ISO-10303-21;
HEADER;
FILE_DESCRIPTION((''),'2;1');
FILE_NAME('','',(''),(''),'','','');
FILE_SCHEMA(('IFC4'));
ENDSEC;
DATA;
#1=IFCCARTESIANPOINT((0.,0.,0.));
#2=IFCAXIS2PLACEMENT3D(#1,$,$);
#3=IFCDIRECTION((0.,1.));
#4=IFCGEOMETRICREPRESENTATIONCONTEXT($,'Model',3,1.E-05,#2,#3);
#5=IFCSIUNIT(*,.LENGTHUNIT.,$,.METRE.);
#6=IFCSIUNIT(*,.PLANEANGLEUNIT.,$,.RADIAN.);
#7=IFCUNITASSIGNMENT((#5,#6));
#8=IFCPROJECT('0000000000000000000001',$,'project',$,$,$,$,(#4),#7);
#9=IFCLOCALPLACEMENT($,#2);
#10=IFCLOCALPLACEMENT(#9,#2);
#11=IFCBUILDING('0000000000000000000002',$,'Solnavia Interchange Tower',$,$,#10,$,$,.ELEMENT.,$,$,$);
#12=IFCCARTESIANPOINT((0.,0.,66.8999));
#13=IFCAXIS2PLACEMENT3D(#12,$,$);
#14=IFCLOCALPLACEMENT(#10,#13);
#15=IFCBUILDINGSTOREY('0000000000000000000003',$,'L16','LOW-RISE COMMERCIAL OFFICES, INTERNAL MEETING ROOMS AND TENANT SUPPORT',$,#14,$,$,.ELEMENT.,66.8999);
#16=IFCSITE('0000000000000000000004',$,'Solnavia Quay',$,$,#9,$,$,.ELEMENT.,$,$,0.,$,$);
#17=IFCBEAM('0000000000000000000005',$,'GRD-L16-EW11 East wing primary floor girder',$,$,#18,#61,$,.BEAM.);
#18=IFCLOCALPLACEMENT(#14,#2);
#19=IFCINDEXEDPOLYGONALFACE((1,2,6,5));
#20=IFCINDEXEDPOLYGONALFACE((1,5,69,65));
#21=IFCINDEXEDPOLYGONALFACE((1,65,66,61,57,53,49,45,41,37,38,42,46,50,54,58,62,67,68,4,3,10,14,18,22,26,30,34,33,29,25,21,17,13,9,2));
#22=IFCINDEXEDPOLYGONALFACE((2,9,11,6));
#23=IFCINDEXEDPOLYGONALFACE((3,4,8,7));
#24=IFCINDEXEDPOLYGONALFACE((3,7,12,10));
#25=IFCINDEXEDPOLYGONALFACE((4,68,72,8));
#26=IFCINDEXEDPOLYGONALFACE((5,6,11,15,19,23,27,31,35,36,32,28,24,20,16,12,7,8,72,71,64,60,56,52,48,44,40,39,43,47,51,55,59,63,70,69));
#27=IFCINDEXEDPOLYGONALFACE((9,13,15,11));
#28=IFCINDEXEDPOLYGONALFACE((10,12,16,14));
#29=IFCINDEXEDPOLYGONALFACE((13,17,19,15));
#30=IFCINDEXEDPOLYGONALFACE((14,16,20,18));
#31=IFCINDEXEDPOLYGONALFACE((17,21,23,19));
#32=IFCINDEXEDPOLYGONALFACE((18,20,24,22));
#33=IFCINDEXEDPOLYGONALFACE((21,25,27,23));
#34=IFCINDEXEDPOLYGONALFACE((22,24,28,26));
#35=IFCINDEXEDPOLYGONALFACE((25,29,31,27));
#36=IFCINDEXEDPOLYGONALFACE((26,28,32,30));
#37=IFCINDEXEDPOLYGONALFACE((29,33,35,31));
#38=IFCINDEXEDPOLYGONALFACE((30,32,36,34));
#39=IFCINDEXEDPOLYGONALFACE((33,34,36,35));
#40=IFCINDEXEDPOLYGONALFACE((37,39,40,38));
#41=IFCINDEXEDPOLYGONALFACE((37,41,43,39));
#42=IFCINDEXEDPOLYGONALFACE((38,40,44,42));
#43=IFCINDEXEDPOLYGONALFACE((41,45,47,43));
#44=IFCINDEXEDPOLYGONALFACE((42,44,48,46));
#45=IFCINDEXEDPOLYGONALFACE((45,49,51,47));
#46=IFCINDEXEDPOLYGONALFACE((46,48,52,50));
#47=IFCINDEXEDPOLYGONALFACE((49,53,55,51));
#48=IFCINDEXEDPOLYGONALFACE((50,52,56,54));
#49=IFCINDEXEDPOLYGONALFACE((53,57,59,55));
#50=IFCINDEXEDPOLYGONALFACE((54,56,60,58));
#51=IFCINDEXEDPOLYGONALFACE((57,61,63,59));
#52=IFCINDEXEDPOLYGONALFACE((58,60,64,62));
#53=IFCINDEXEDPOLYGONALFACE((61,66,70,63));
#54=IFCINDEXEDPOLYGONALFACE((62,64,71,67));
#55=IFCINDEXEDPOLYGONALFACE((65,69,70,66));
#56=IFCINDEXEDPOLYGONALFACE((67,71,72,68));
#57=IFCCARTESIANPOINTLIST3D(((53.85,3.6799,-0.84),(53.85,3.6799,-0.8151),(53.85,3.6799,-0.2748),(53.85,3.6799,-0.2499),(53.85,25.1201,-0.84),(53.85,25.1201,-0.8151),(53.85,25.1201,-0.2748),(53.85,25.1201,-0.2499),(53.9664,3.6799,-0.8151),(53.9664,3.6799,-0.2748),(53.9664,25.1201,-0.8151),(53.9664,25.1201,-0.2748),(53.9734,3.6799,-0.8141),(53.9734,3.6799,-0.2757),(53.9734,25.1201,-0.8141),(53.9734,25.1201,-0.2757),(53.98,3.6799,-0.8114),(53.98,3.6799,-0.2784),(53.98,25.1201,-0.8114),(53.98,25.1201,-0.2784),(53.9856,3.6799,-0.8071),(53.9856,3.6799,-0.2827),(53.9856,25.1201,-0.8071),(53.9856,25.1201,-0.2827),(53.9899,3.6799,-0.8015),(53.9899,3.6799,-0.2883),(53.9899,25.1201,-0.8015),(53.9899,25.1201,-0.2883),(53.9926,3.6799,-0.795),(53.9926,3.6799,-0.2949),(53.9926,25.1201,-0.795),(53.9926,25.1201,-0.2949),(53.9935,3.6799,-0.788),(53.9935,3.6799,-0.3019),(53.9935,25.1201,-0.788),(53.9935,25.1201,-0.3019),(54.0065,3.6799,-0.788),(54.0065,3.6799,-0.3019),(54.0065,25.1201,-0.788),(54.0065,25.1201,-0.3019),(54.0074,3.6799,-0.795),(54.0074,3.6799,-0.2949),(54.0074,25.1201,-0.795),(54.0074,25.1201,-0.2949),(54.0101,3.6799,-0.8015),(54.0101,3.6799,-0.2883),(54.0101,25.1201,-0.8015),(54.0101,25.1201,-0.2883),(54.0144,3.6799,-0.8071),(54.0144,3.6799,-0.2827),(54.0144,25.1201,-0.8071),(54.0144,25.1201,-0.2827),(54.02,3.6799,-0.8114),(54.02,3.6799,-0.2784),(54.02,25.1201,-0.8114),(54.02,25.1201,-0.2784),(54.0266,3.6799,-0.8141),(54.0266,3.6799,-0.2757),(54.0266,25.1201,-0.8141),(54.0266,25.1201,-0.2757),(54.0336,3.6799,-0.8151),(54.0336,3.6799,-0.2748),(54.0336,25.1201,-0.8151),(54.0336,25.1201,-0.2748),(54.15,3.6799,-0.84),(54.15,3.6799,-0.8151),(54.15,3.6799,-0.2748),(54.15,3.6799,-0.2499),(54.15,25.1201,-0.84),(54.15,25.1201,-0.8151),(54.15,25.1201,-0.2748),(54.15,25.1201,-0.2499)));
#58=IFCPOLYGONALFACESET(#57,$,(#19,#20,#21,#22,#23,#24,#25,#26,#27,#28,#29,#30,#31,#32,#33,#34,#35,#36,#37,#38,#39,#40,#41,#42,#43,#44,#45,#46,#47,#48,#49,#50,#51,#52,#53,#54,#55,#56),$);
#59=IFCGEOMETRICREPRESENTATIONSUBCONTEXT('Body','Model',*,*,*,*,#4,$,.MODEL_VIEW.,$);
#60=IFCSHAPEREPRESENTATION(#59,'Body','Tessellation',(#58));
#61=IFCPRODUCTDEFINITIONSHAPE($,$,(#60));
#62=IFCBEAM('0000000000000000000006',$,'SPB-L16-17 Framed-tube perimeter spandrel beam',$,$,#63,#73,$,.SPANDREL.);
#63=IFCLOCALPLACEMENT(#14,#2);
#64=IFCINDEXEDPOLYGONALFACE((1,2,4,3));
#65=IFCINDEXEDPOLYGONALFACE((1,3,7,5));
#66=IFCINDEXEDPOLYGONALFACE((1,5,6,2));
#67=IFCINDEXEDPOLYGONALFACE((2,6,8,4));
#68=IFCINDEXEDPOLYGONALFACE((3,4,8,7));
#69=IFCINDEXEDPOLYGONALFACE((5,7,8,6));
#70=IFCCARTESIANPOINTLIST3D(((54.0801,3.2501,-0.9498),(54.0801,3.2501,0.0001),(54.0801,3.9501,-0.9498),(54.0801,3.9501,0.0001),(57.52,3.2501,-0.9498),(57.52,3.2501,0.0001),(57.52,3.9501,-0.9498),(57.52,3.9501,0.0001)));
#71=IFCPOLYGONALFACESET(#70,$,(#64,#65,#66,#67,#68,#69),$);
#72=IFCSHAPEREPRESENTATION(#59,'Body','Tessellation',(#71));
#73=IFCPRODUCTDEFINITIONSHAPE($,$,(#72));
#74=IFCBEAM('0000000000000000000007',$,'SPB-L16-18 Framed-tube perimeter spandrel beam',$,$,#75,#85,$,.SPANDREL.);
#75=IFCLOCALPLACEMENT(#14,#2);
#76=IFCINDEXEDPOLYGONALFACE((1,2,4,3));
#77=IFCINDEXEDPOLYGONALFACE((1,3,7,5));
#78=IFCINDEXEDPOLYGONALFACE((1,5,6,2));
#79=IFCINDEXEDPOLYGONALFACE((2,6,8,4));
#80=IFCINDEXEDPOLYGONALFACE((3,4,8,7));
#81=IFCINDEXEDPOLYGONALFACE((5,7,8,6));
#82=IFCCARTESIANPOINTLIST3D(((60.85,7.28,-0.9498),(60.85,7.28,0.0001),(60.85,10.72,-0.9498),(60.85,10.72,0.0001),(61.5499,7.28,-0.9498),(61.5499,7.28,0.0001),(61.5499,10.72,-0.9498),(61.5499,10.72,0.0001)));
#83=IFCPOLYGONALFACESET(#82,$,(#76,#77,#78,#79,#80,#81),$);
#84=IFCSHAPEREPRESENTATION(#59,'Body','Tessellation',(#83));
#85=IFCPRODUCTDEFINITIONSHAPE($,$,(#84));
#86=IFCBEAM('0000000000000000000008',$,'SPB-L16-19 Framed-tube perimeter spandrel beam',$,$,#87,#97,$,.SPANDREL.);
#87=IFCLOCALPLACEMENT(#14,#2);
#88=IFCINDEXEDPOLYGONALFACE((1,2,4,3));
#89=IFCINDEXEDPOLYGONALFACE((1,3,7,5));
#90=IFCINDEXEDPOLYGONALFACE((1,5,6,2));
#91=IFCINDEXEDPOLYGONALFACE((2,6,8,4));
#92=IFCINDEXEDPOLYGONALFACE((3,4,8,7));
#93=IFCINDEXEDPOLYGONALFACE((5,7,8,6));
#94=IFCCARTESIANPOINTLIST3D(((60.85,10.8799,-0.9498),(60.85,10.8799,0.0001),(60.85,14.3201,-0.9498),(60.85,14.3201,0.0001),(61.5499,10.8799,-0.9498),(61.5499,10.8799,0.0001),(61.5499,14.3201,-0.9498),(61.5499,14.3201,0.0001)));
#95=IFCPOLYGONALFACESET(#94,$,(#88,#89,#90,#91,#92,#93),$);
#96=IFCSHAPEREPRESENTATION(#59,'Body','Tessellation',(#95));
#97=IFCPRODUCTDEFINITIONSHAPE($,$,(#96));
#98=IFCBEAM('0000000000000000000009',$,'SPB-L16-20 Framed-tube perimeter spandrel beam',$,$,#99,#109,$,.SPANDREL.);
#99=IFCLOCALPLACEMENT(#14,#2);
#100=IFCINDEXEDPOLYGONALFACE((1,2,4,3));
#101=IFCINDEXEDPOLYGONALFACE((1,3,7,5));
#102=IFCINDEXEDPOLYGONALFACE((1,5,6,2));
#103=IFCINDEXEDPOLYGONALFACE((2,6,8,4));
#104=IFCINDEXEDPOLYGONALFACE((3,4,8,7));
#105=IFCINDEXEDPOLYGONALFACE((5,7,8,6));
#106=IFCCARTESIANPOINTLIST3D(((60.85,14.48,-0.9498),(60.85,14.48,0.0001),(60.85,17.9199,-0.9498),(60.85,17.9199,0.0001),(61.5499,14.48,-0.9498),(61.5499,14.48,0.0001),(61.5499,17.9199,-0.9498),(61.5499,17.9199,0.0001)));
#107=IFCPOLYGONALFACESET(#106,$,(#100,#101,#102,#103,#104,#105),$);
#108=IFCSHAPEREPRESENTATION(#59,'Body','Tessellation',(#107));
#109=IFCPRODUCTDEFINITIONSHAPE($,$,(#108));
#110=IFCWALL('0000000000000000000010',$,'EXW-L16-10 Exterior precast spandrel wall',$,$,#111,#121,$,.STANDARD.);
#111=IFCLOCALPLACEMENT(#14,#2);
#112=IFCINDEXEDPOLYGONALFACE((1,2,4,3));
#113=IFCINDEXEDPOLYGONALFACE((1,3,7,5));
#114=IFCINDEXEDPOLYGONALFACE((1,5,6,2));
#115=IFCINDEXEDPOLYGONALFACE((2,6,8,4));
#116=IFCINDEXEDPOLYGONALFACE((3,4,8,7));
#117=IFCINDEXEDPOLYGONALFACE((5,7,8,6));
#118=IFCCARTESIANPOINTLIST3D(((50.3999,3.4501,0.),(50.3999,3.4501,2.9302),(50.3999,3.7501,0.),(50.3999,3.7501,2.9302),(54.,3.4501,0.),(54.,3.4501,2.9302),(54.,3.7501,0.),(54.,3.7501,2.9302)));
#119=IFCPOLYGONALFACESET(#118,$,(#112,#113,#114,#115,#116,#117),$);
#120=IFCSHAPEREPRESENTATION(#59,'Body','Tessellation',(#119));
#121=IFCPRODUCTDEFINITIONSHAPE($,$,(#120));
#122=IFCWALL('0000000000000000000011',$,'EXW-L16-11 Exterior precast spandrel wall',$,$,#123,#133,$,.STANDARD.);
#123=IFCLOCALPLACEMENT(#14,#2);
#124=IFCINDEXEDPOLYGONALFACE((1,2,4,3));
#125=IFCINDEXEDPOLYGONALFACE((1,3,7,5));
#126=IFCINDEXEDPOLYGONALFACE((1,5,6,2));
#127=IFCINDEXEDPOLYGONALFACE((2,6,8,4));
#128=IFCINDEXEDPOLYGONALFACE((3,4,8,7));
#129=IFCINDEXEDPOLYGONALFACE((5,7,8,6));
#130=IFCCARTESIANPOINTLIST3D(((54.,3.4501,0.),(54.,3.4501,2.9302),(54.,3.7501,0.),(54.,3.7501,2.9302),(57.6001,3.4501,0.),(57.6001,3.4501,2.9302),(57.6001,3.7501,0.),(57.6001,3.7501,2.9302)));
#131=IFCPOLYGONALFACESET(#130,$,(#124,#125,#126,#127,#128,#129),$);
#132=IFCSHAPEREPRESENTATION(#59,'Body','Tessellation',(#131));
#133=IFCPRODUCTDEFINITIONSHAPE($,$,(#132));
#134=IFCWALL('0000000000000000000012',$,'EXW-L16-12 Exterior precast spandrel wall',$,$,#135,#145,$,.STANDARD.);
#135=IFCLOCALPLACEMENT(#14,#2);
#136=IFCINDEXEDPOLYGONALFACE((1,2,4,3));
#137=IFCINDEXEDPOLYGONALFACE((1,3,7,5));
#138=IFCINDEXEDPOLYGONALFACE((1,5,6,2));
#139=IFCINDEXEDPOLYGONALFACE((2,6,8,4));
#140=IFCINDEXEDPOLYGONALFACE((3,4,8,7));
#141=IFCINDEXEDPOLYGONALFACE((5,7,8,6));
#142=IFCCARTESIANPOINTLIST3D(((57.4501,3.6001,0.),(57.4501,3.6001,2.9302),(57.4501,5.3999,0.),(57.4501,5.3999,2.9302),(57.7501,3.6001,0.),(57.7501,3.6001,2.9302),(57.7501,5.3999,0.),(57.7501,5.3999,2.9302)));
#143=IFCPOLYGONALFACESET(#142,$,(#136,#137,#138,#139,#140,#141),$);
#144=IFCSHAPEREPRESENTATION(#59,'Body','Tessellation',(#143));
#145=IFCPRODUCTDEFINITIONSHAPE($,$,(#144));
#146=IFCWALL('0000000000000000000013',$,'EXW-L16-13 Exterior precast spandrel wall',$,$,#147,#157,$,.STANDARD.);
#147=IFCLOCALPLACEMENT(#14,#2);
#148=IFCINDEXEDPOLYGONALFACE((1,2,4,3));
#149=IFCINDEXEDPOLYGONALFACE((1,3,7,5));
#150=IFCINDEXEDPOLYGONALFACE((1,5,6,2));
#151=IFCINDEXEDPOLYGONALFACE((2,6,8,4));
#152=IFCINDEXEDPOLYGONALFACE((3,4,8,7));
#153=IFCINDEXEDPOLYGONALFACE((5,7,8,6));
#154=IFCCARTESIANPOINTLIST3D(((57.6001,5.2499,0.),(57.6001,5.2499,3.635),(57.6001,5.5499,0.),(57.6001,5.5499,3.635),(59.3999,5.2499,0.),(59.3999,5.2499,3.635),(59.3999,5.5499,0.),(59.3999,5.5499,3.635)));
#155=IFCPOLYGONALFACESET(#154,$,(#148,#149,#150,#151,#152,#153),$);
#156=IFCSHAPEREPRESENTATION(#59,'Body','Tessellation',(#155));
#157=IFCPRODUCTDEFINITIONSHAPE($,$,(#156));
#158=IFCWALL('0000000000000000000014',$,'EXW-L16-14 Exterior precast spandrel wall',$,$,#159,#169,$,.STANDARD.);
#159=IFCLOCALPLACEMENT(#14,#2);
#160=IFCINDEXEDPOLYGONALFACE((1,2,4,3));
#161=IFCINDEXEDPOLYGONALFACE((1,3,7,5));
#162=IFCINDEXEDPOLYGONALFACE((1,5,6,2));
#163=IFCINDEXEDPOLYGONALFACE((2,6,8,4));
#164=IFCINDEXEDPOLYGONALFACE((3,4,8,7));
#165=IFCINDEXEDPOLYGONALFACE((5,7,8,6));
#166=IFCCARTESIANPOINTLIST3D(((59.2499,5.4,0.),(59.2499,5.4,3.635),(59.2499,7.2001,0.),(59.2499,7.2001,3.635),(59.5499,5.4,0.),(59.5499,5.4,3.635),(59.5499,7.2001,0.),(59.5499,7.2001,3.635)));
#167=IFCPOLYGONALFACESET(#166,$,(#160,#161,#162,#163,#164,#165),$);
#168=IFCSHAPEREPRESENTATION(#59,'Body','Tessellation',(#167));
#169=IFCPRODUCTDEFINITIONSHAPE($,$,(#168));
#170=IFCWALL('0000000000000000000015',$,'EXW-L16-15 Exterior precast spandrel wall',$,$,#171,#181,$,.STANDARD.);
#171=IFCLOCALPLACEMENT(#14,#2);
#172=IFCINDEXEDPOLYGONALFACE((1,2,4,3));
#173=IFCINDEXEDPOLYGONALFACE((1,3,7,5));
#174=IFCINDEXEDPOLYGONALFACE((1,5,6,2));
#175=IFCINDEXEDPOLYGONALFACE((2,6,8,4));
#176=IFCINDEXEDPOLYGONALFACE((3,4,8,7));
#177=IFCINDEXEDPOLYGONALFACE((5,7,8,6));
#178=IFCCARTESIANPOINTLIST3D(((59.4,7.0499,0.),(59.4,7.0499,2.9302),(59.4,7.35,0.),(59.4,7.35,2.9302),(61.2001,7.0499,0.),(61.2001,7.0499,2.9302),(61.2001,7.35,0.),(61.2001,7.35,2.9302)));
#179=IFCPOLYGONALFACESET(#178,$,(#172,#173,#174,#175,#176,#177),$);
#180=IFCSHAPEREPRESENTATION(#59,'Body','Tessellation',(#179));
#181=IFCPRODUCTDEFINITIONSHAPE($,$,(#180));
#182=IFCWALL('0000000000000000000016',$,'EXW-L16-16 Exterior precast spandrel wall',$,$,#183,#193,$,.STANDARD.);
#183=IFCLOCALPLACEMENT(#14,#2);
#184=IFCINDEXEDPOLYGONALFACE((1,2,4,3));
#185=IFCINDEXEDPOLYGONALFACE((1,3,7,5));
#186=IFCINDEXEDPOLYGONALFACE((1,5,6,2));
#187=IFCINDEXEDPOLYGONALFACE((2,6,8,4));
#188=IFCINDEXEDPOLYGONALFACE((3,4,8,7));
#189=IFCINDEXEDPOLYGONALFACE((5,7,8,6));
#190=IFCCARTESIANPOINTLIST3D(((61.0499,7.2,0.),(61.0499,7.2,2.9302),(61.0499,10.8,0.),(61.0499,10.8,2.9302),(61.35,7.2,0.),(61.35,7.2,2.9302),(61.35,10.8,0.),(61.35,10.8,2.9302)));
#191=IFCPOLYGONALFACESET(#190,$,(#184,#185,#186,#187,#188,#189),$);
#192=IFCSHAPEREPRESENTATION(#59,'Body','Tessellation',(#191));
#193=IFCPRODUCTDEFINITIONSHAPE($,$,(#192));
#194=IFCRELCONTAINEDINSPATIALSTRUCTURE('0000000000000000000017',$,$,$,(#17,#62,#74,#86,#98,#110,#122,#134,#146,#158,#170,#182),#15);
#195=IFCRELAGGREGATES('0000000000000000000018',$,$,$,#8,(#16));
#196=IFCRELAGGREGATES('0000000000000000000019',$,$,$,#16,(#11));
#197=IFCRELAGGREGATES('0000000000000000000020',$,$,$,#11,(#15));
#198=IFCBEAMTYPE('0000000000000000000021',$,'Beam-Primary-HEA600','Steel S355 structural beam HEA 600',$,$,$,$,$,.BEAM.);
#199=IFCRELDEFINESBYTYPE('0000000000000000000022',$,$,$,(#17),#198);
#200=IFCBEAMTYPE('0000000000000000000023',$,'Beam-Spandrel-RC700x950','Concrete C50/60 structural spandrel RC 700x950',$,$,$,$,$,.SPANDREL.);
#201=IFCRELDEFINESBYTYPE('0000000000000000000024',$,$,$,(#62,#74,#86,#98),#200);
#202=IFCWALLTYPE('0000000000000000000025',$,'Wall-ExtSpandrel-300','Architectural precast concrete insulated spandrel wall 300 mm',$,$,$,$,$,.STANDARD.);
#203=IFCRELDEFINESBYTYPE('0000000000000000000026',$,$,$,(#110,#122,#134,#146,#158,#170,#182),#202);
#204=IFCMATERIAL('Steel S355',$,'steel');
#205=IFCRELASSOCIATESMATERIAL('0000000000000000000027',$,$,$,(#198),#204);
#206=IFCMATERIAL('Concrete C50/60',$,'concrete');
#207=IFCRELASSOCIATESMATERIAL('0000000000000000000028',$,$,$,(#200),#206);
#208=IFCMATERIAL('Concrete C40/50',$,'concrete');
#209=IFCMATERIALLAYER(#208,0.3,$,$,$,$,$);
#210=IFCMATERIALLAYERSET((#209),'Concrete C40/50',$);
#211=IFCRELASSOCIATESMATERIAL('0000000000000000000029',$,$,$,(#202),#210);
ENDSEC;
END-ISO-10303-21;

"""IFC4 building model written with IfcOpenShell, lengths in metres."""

from ifc_helpers import new_model, si_unit, direction, frame, frame_2d, origin, origin_2d, place, context, subcontext, project, spatial, rectangle, i_section, extrude, material, layer, layer_set, material_profile, profile_set, type_object, element, save


model = new_model("IFC4")

# Units and contexts
model_context = context("Model", 3, precision=1e-05, world=origin(), true_north=direction((0.0, 1.0)))
body_context = subcontext(model_context, "Body", "Model", "MODEL_VIEW")
ifc_project = project(units=[si_unit("LENGTHUNIT", "METRE"), si_unit("PLANEANGLEUNIT", "RADIAN")], contexts=[model_context])

# Site, building, storey
site_placement = place(None, origin())
site = spatial("IfcSite", under=ifc_project, at=site_placement, Name="Solnavia Quay", CompositionType="ELEMENT", RefElevation=0.0)
building_placement = place(site_placement, origin())
building = spatial("IfcBuilding", under=site, at=building_placement, Name="Solnavia Interchange Tower", CompositionType="ELEMENT")
storey_placement = place(building_placement, frame((0.0, 0.0, 66.8999)))
storey = spatial("IfcBuildingStorey", under=building, at=storey_placement, Name="L16", Description="LOW-RISE COMMERCIAL OFFICES, INTERNAL MEETING ROOMS AND TENANT SUPPORT", CompositionType="ELEMENT", Elevation=66.8999)

# Beams
ifc_material_1 = material(Name="Steel S355", Category="steel")
ifc_material_profile_1 = material_profile(ifc_material_1, i_section(OverallWidth=0.3, OverallDepth=0.5901, WebThickness=0.0129, FlangeThickness=0.0249, FilletRadius=0.0271, at=origin_2d()), Name="HEA 600")
ifc_profile_set_1 = profile_set([ifc_material_profile_1], Name="Steel S355")
beam_type_1 = type_object("IfcBeamType", Name="Beam-Primary-HEA600", Description="Steel S355 structural beam HEA 600", PredefinedType="BEAM", material=ifc_profile_set_1)
beam_1_placement = place(storey_placement, frame((54.0, 3.6799, -0.5449), z_axis=(0.0, 1.0, 0.0), x_axis=(-1.0, 0.0, 0.0)))
element("IfcBeam", 1, at=beam_1_placement, inside=storey, type_object=beam_type_1, Name="GRD-L16-EW11 East wing primary floor girder", PredefinedType="BEAM", context=body_context, shape_type="SweptSolid", body=[
    extrude(i_section(OverallWidth=0.3, OverallDepth=0.5901, WebThickness=0.0129, FlangeThickness=0.0249, FilletRadius=0.0271, at=origin_2d()), origin(), (0.0, 0.0, 1.0), 21.4402),
])
ifc_material_2 = material(Name="Concrete C50/60", Category="concrete")
ifc_material_profile_2 = material_profile(ifc_material_2, rectangle(XDim=0.7, YDim=0.95, at=origin_2d()), Name="RC 700x950")
ifc_profile_set_2 = profile_set([ifc_material_profile_2], Name="Concrete C50/60")
beam_type_2 = type_object("IfcBeamType", Name="Beam-Spandrel-RC700x950", Description="Concrete C50/60 structural spandrel RC 700x950", PredefinedType="SPANDREL", material=ifc_profile_set_2)
for number, where, z_axis, x_axis, name in (
    (2, (54.0801, 3.6001, -0.4749), (1.0, 0.0, 0.0), (0.0, 1.0, 0.0), "SPB-L16-17 Framed-tube perimeter spandrel beam"),
    (3, (61.2, 7.28, -0.4749), (0.0, 1.0, 0.0), (-1.0, 0.0, 0.0), "SPB-L16-18 Framed-tube perimeter spandrel beam"),
):
    element("IfcBeam", number, at=place(storey_placement, frame(where, z_axis=z_axis, x_axis=x_axis)), inside=storey, type_object=beam_type_2, Name=name, PredefinedType="SPANDREL", context=body_context, shape_type="SweptSolid", body=[
        extrude(rectangle(XDim=0.7, YDim=0.95, at=origin_2d()), origin(), (0.0, 0.0, 1.0), 3.4399),
    ])
beam_2_placement = place(storey_placement, frame((61.2, 10.8799, -0.4749), z_axis=(0.0, 1.0, 0.0), x_axis=(-1.0, 0.0, 0.0)))
element("IfcBeam", 4, at=beam_2_placement, inside=storey, type_object=beam_type_2, Name="SPB-L16-19 Framed-tube perimeter spandrel beam", PredefinedType="SPANDREL", context=body_context, shape_type="SweptSolid", body=[
    extrude(rectangle(XDim=0.7, YDim=0.95, at=origin_2d()), origin(), (0.0, 0.0, 1.0), 3.4402),
])
beam_3_placement = place(storey_placement, frame((61.2, 14.48, -0.4749), z_axis=(0.0, 1.0, 0.0), x_axis=(-1.0, 0.0, 0.0)))
element("IfcBeam", 5, at=beam_3_placement, inside=storey, type_object=beam_type_2, Name="SPB-L16-20 Framed-tube perimeter spandrel beam", PredefinedType="SPANDREL", context=body_context, shape_type="SweptSolid", body=[
    extrude(rectangle(XDim=0.7, YDim=0.95, at=origin_2d()), origin(), (0.0, 0.0, 1.0), 3.4399),
])

# Walls
ifc_material_3 = material(Name="Concrete C40/50", Category="concrete")
ifc_layer_1 = layer(ifc_material_3, 0.3)
ifc_layer_set_1 = layer_set([ifc_layer_1], Name="Concrete C40/50")
wall_type_1 = type_object("IfcWallType", Name="Wall-ExtSpandrel-300", Description="Architectural precast concrete insulated spandrel wall 300 mm", PredefinedType="STANDARD", material=ifc_layer_set_1)
for number, where, z_axis, x_axis, name in (
    (6, (54.0, 3.6001, 0.0), (0.0, 0.0, 1.0), (-1.0, 0.0, 0.0), "EXW-L16-10 Exterior precast spandrel wall"),
    (7, (57.6001, 3.6001, 0.0), (0.0, 0.0, 1.0), (-1.0, 0.0, 0.0), "EXW-L16-11 Exterior precast spandrel wall"),
):
    element("IfcWall", number, at=place(storey_placement, frame(where, z_axis=z_axis, x_axis=x_axis)), inside=storey, type_object=wall_type_1, Name=name, PredefinedType="STANDARD", context=body_context, shape_type="SweptSolid", body=[
        extrude(rectangle(XDim=3.6001, YDim=0.3, at=frame_2d((1.8, 0.0))), origin(), (0.0, 0.0, 1.0), 2.9302),
    ])
wall_1_placement = place(storey_placement, frame((57.6001, 5.3999, 0.0), z_axis=(0.0, 0.0, 1.0), x_axis=(0.0, -1.0, 0.0)))
element("IfcWall", 8, at=wall_1_placement, inside=storey, type_object=wall_type_1, Name="EXW-L16-12 Exterior precast spandrel wall", PredefinedType="STANDARD", context=body_context, shape_type="SweptSolid", body=[
    extrude(rectangle(XDim=1.7998, YDim=0.3, at=frame_2d((0.8999, 0.0))), origin(), (0.0, 0.0, 1.0), 2.9302),
])
wall_2_placement = place(storey_placement, frame((59.3999, 5.3999, 0.0), z_axis=(0.0, 0.0, 1.0), x_axis=(-1.0, 0.0, 0.0)))
element("IfcWall", 9, at=wall_2_placement, inside=storey, type_object=wall_type_1, Name="EXW-L16-13 Exterior precast spandrel wall", PredefinedType="STANDARD", context=body_context, shape_type="SweptSolid", body=[
    extrude(rectangle(XDim=1.7998, YDim=0.3, at=frame_2d((0.8999, 0.0))), origin(), (0.0, 0.0, 1.0), 3.635),
])
wall_3_placement = place(storey_placement, frame((59.3999, 7.2, 0.0), z_axis=(0.0, 0.0, 1.0), x_axis=(0.0, -1.0, 0.0)))
element("IfcWall", 10, at=wall_3_placement, inside=storey, type_object=wall_type_1, Name="EXW-L16-14 Exterior precast spandrel wall", PredefinedType="STANDARD", context=body_context, shape_type="SweptSolid", body=[
    extrude(rectangle(XDim=1.8, YDim=0.3, at=frame_2d((0.8999, 0.0))), origin(), (0.0, 0.0, 1.0), 3.635),
])
wall_4_placement = place(storey_placement, frame((61.2, 7.2, 0.0), z_axis=(0.0, 0.0, 1.0), x_axis=(-1.0, 0.0, 0.0)))
element("IfcWall", 11, at=wall_4_placement, inside=storey, type_object=wall_type_1, Name="EXW-L16-15 Exterior precast spandrel wall", PredefinedType="STANDARD", context=body_context, shape_type="SweptSolid", body=[
    extrude(rectangle(XDim=1.8, YDim=0.3, at=frame_2d((0.8999, 0.0))), origin(), (0.0, 0.0, 1.0), 2.9302),
])
wall_5_placement = place(storey_placement, frame((61.2, 10.8, 0.0), z_axis=(0.0, 0.0, 1.0), x_axis=(0.0, -1.0, 0.0)))
element("IfcWall", 12, at=wall_5_placement, inside=storey, type_object=wall_type_1, Name="EXW-L16-16 Exterior precast spandrel wall", PredefinedType="STANDARD", context=body_context, shape_type="SweptSolid", body=[
    extrude(rectangle(XDim=3.6001, YDim=0.3, at=frame_2d((1.8, 0.0))), origin(), (0.0, 0.0, 1.0), 2.9302),
])

save(model, "model.ifc")
